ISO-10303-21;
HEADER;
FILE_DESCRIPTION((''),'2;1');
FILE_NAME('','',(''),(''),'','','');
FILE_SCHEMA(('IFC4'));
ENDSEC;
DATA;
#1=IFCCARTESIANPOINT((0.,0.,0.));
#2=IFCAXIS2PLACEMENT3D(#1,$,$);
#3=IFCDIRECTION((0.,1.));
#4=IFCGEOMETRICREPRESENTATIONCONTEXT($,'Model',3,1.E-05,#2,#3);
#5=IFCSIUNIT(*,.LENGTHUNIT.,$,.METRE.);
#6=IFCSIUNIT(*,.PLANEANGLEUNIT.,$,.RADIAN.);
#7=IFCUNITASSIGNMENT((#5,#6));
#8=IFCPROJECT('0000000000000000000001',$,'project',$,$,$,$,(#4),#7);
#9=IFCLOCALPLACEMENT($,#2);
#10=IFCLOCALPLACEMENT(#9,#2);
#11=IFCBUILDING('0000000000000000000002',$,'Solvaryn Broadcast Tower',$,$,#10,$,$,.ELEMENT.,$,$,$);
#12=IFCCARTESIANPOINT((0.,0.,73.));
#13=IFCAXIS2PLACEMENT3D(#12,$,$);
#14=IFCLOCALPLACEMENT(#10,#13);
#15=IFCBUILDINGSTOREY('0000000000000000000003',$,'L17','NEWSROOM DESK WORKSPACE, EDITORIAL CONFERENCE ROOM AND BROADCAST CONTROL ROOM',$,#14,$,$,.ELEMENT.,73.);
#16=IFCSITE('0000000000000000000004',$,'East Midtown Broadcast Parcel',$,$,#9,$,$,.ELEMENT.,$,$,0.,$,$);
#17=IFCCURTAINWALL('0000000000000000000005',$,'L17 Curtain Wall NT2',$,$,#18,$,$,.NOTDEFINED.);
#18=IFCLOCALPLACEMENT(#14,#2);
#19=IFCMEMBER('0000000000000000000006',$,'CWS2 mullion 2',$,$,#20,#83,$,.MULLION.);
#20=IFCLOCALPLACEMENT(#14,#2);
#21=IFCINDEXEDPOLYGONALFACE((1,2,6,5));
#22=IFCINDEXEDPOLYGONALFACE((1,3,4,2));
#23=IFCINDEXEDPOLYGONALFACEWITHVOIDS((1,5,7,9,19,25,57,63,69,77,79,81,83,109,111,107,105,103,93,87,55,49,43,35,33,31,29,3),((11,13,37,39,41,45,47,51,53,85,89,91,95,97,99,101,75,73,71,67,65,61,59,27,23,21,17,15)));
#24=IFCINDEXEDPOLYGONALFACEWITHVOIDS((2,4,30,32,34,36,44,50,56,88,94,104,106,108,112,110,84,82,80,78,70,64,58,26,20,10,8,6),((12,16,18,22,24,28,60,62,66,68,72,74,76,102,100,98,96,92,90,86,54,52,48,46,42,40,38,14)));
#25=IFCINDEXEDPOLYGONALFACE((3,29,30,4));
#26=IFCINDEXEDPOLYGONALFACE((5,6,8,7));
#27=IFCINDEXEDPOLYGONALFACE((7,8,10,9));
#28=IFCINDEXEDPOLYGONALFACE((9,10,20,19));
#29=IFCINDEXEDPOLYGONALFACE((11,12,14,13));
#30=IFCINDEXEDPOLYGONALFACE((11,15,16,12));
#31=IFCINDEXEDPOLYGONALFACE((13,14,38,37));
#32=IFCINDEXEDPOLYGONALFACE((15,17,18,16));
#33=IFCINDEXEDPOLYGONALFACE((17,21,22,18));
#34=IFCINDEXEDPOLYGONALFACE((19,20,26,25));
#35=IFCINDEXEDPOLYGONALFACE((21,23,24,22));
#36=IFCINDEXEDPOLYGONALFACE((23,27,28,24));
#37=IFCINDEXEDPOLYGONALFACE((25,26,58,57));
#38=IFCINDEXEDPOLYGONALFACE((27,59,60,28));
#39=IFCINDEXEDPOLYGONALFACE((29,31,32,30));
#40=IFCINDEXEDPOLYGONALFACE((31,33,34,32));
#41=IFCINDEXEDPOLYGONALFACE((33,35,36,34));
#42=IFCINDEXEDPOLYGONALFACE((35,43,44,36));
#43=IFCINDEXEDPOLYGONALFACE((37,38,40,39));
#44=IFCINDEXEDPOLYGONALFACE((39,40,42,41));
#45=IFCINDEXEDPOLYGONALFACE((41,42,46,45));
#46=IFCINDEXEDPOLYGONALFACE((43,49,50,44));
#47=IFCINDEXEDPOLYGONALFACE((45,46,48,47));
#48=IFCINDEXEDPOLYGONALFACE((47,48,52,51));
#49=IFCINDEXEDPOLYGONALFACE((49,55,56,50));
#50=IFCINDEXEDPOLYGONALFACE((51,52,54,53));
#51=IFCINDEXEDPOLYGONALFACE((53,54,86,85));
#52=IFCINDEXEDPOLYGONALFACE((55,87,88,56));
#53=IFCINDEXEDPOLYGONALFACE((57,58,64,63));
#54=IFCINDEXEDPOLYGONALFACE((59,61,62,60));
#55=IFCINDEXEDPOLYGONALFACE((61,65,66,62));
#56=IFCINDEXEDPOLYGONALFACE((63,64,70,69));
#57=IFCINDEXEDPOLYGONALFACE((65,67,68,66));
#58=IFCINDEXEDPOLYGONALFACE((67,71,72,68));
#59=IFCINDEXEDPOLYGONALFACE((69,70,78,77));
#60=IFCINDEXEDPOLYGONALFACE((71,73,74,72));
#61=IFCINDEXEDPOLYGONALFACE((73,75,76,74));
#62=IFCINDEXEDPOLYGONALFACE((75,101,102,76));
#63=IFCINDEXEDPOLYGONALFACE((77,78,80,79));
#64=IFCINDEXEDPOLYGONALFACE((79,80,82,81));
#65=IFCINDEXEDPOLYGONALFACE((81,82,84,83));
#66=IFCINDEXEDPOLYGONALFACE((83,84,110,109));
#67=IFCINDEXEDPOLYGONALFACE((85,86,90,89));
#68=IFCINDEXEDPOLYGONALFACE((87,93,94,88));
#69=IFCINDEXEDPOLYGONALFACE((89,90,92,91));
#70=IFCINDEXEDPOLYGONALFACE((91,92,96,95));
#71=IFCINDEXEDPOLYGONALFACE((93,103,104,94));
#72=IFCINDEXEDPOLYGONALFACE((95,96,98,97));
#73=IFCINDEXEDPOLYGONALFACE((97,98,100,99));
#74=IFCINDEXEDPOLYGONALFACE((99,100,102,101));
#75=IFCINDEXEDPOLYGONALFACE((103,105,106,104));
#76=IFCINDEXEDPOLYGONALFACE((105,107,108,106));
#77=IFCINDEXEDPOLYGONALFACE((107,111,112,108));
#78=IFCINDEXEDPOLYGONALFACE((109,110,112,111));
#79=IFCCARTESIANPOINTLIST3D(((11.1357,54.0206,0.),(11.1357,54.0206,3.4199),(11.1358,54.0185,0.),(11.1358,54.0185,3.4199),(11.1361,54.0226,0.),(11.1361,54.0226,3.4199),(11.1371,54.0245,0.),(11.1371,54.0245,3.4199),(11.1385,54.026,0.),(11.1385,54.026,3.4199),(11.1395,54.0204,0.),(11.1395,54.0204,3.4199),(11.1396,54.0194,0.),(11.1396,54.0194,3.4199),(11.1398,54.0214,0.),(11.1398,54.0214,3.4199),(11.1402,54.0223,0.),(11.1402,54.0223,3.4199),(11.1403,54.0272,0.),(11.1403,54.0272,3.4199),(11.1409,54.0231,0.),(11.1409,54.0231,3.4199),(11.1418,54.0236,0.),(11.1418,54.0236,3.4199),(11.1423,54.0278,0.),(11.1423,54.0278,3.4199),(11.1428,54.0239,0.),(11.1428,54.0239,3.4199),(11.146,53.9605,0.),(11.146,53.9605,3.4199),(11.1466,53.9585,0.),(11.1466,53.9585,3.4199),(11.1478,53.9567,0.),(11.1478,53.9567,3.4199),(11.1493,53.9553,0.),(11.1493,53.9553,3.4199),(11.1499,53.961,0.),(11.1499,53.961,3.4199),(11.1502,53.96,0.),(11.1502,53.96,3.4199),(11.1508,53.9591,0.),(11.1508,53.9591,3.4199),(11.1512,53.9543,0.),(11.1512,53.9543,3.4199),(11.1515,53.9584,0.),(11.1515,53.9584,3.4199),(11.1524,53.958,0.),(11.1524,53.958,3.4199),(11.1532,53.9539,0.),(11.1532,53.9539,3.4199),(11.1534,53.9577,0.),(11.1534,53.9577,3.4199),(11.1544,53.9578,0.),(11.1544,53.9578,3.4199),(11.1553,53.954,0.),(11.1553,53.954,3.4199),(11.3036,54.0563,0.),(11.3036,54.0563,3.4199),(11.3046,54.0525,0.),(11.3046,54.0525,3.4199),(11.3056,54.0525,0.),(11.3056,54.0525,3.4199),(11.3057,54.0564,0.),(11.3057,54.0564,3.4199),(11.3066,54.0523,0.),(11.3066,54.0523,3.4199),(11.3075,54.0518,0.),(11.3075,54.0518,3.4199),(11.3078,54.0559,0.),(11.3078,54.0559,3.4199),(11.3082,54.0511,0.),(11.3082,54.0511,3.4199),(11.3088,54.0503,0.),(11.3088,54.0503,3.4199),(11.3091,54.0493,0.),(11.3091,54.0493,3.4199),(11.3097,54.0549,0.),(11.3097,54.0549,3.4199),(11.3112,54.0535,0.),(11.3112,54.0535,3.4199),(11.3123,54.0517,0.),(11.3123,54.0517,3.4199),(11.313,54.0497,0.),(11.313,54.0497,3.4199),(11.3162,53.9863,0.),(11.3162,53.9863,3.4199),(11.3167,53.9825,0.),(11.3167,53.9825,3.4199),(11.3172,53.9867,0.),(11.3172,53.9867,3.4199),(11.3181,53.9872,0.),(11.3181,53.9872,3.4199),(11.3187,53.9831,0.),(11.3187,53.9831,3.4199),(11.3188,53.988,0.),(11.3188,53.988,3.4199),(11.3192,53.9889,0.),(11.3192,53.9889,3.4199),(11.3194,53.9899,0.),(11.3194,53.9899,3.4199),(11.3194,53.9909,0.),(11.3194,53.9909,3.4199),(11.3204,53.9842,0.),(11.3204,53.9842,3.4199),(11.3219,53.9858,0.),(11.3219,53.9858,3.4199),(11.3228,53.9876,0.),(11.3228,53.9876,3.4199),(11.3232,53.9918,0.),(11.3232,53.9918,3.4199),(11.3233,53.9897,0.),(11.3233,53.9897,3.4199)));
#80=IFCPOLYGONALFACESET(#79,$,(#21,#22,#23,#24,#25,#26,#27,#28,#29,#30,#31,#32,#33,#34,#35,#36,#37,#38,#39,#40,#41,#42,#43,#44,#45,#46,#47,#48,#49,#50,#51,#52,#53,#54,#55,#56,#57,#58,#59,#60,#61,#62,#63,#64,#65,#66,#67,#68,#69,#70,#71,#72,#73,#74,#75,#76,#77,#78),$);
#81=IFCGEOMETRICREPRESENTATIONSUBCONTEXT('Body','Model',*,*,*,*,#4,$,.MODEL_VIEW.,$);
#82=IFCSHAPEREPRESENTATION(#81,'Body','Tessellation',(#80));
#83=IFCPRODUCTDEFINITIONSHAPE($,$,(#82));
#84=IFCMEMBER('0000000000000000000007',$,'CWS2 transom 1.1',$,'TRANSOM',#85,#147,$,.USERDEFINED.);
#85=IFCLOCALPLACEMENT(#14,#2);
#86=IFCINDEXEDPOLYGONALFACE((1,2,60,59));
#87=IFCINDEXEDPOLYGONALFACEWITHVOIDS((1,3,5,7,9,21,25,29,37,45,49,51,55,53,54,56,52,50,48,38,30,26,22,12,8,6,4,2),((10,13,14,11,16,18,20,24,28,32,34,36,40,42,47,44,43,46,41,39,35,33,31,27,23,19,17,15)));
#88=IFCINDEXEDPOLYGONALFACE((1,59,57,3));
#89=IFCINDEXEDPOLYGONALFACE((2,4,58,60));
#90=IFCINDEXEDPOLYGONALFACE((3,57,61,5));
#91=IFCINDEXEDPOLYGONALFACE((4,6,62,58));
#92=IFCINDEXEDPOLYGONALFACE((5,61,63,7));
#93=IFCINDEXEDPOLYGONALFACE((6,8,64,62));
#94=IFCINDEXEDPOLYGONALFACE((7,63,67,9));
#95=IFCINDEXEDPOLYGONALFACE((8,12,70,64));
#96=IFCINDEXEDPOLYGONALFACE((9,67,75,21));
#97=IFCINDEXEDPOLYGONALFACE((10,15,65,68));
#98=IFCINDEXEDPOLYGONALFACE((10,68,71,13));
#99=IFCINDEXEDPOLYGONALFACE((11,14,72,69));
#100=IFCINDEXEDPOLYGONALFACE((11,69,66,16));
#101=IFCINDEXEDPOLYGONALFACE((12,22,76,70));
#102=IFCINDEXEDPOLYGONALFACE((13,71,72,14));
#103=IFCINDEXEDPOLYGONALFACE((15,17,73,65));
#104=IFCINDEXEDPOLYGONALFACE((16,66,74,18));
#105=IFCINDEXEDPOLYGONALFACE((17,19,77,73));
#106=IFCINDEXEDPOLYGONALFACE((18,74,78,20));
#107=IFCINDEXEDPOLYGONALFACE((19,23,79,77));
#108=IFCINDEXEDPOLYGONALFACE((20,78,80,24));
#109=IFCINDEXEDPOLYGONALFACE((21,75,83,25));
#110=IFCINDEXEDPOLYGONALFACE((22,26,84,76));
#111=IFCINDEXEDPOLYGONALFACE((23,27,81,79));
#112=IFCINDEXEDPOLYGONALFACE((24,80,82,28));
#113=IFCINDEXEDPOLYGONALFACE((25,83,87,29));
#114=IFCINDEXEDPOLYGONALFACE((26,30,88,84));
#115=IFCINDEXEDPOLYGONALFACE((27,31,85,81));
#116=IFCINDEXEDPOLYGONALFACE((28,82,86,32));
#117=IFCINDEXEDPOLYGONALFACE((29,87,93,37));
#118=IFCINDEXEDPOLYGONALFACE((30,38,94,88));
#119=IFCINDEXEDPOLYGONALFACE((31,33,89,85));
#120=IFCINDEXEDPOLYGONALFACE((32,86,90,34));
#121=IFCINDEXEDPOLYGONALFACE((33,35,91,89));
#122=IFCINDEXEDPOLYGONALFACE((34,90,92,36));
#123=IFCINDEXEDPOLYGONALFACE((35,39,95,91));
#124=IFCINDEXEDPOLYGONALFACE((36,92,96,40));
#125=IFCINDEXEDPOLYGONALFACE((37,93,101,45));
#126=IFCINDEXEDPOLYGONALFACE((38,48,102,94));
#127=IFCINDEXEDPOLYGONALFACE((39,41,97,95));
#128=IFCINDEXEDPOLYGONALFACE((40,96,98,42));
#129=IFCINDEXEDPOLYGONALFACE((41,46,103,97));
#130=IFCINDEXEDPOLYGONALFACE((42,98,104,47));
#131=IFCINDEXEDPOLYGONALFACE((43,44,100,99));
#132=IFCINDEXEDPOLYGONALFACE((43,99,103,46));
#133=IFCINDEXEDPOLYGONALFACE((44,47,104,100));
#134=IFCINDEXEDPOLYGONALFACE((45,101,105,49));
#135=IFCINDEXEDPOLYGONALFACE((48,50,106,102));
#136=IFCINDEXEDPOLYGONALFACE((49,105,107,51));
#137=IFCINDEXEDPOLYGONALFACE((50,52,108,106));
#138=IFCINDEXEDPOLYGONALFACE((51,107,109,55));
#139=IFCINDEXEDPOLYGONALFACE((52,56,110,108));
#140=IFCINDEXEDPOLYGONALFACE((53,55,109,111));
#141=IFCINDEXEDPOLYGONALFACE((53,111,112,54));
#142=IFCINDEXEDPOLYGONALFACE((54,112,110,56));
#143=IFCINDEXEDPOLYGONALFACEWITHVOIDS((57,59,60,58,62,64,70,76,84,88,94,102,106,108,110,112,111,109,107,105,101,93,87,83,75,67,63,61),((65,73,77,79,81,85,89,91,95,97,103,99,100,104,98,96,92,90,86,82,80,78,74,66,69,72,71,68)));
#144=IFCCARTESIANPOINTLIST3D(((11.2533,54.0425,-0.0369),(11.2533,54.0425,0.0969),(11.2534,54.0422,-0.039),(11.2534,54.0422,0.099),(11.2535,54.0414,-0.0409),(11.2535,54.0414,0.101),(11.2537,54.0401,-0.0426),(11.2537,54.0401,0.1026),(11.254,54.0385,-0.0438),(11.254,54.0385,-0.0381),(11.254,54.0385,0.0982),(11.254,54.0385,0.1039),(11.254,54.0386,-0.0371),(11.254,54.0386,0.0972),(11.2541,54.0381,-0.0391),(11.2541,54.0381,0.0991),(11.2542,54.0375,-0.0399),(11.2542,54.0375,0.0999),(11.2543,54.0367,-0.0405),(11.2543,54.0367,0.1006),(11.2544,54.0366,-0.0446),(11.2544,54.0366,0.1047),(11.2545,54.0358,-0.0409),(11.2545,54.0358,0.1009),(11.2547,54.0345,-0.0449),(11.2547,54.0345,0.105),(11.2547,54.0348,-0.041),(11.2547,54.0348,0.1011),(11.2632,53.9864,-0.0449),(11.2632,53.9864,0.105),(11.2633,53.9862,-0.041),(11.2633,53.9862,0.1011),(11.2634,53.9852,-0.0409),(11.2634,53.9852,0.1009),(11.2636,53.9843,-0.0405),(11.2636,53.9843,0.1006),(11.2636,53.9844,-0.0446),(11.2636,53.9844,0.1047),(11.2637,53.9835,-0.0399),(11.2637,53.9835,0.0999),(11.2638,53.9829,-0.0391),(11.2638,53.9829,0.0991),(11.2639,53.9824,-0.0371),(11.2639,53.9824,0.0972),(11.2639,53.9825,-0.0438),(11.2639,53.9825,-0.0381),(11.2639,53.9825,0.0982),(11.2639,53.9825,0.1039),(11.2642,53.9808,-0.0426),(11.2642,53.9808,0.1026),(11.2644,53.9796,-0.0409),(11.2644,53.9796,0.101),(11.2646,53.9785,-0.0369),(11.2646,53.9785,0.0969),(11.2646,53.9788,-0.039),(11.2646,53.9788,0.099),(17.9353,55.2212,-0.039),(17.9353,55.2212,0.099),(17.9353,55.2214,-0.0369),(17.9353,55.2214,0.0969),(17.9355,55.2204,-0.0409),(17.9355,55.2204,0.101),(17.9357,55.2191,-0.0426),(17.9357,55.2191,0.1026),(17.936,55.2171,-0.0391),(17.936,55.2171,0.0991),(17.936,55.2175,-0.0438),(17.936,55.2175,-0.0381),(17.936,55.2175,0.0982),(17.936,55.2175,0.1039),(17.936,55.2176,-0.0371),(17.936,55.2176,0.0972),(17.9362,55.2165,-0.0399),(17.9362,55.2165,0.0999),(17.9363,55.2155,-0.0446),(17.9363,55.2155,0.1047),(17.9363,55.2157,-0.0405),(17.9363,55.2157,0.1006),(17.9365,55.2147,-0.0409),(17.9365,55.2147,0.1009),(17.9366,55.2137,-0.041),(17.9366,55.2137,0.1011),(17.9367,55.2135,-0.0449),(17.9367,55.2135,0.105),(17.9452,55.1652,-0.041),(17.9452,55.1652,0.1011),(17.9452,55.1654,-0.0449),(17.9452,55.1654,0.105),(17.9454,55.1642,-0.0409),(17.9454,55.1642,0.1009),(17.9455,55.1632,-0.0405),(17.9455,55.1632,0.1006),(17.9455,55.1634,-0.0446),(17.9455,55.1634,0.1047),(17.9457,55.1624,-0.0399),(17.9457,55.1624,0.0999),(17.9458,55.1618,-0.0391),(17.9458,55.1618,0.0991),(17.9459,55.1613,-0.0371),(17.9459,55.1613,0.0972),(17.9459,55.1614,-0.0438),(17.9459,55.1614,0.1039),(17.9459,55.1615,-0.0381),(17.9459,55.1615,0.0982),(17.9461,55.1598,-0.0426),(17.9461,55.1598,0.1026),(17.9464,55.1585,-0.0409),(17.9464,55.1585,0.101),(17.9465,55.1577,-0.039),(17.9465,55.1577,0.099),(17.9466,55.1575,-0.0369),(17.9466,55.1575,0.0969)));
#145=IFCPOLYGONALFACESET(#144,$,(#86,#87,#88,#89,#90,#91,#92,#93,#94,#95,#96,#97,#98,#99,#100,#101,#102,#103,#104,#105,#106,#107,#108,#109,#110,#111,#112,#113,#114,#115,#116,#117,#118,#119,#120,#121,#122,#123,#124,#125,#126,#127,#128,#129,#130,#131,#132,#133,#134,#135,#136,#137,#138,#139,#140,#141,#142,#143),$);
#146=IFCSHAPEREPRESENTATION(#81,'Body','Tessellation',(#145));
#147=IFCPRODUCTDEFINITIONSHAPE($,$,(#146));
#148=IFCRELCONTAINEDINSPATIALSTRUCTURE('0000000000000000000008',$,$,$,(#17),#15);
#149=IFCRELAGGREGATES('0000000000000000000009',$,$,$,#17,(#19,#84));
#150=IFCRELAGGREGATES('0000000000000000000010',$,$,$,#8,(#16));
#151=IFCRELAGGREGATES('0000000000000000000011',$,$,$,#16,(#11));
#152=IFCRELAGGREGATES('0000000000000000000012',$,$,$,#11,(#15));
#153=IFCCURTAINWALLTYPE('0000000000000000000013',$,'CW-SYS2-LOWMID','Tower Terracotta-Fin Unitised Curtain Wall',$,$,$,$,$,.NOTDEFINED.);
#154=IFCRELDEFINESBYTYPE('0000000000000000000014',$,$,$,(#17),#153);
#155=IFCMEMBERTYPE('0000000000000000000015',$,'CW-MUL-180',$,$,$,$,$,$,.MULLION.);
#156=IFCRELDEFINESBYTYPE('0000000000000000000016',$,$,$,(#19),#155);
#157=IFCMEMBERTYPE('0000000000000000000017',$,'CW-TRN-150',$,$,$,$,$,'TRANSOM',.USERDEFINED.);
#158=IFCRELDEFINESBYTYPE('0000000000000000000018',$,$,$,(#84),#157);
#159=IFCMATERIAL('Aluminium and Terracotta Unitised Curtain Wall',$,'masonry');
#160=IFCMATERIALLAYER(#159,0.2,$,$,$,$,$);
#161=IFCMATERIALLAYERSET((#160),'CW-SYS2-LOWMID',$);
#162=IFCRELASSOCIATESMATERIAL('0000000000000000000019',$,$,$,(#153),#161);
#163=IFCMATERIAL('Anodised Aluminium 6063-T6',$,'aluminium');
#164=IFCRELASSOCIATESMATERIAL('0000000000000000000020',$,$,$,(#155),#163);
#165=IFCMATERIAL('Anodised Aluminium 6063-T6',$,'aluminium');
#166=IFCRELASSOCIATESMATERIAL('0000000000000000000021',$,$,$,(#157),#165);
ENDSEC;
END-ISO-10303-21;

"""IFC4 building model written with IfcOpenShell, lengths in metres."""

from ifc_helpers import new_model, si_unit, direction, frame, origin, origin_2d, place, context, subcontext, project, spatial, hollow_rectangle, extrude, material, layer, layer_set, material_profile, profile_set, type_object, element, aggregate, save


model = new_model("IFC4")

# Units and contexts
model_context = context("Model", 3, precision=1e-05, world=origin(), true_north=direction((0.0, 1.0)))
body_context = subcontext(model_context, "Body", "Model", "MODEL_VIEW")
ifc_project = project(units=[si_unit("LENGTHUNIT", "METRE"), si_unit("PLANEANGLEUNIT", "RADIAN")], contexts=[model_context])

# Site, building, storey
site_placement = place(None, origin())
site = spatial("IfcSite", under=ifc_project, at=site_placement, Name="East Midtown Broadcast Parcel", CompositionType="ELEMENT", RefElevation=0.0)
building_placement = place(site_placement, origin())
building = spatial("IfcBuilding", under=site, at=building_placement, Name="Solvaryn Broadcast Tower", CompositionType="ELEMENT")
storey_placement = place(building_placement, frame((0.0, 0.0, 73.0)))
storey = spatial("IfcBuildingStorey", under=building, at=storey_placement, Name="L17", Description="NEWSROOM DESK WORKSPACE, EDITORIAL CONFERENCE ROOM AND BROADCAST CONTROL ROOM", CompositionType="ELEMENT", Elevation=73.0)

# Shared definitions
ifc_material_1 = material(Name="Aluminium and Terracotta Unitised Curtain Wall", Category="masonry")
ifc_layer_1 = layer(ifc_material_1, 0.2)
ifc_layer_set_1 = layer_set([ifc_layer_1], Name="CW-SYS2-LOWMID")
curtain_wall_type = type_object("IfcCurtainWallType", Name="CW-SYS2-LOWMID", Description="Tower Terracotta-Fin Unitised Curtain Wall", PredefinedType="NOTDEFINED", material=ifc_layer_set_1)
ifc_material_2 = material(Name="Anodised Aluminium 6063-T6", Category="aluminium")
ifc_material_profile_1 = material_profile(ifc_material_2, hollow_rectangle(XDim=0.075, YDim=0.1799, WallThickness=0.0039, InnerFilletRadius=0.0039, OuterFilletRadius=0.0081, at=origin_2d()))
ifc_profile_set_1 = profile_set([ifc_material_profile_1], Name="Anodised Aluminium 6063-T6")
member_type_1 = type_object("IfcMemberType", Name="CW-MUL-180", PredefinedType="MULLION", material=ifc_profile_set_1)

# Curtain wall, members
curtain_wall_1_placement = place(storey_placement, origin())
curtain_wall_1 = element("IfcCurtainWall", 1, at=curtain_wall_1_placement, inside=storey, type_object=curtain_wall_type, Name="L17 Curtain Wall NT2", PredefinedType="NOTDEFINED")
member_1_placement = place(storey_placement, frame((11.2295, 54.0051, 0.0), z_axis=(0.0, 0.0, 1.0), x_axis=(0.173785, -0.984784, 0.0)))
member_1 = element("IfcMember", 2, at=member_1_placement, type_object=member_type_1, Name="CWS2 mullion 2", PredefinedType="MULLION", context=body_context, shape_type="SweptSolid", body=[
    extrude(hollow_rectangle(XDim=0.075, YDim=0.1799, WallThickness=0.0039, InnerFilletRadius=0.0039, OuterFilletRadius=0.0081, at=origin_2d()), origin(), (0.0, 0.0, 1.0), 3.4199),
])
ifc_material_3 = material(Name="Anodised Aluminium 6063-T6", Category="aluminium")
ifc_material_profile_2 = material_profile(ifc_material_3, hollow_rectangle(XDim=0.0649, YDim=0.1499, WallThickness=0.0039, InnerFilletRadius=0.0039, OuterFilletRadius=0.0081, at=origin_2d()))
ifc_profile_set_2 = profile_set([ifc_material_profile_2], Name="Anodised Aluminium 6063-T6")
member_type_2 = type_object("IfcMemberType", Name="CW-TRN-150", ElementType="TRANSOM", PredefinedType="USERDEFINED", material=ifc_profile_set_2)
member_2_placement = place(storey_placement, frame((17.9409, 55.1895, 0.03), z_axis=(-0.984789, -0.173757, 0.0), x_axis=(0.173757, -0.984789, 0.0)))
member_2 = element("IfcMember", 3, at=member_2_placement, type_object=member_type_2, Name="CWS2 transom 1.1", ObjectType="TRANSOM", PredefinedType="USERDEFINED", context=body_context, shape_type="SweptSolid", body=[
    extrude(hollow_rectangle(XDim=0.0649, YDim=0.1499, WallThickness=0.0039, InnerFilletRadius=0.0039, OuterFilletRadius=0.0081, at=origin_2d()), origin(), (0.0, 0.0, 1.0), 6.7852),
])

aggregate(curtain_wall_1, [member_1, member_2])

save(model, "model.ifc")
